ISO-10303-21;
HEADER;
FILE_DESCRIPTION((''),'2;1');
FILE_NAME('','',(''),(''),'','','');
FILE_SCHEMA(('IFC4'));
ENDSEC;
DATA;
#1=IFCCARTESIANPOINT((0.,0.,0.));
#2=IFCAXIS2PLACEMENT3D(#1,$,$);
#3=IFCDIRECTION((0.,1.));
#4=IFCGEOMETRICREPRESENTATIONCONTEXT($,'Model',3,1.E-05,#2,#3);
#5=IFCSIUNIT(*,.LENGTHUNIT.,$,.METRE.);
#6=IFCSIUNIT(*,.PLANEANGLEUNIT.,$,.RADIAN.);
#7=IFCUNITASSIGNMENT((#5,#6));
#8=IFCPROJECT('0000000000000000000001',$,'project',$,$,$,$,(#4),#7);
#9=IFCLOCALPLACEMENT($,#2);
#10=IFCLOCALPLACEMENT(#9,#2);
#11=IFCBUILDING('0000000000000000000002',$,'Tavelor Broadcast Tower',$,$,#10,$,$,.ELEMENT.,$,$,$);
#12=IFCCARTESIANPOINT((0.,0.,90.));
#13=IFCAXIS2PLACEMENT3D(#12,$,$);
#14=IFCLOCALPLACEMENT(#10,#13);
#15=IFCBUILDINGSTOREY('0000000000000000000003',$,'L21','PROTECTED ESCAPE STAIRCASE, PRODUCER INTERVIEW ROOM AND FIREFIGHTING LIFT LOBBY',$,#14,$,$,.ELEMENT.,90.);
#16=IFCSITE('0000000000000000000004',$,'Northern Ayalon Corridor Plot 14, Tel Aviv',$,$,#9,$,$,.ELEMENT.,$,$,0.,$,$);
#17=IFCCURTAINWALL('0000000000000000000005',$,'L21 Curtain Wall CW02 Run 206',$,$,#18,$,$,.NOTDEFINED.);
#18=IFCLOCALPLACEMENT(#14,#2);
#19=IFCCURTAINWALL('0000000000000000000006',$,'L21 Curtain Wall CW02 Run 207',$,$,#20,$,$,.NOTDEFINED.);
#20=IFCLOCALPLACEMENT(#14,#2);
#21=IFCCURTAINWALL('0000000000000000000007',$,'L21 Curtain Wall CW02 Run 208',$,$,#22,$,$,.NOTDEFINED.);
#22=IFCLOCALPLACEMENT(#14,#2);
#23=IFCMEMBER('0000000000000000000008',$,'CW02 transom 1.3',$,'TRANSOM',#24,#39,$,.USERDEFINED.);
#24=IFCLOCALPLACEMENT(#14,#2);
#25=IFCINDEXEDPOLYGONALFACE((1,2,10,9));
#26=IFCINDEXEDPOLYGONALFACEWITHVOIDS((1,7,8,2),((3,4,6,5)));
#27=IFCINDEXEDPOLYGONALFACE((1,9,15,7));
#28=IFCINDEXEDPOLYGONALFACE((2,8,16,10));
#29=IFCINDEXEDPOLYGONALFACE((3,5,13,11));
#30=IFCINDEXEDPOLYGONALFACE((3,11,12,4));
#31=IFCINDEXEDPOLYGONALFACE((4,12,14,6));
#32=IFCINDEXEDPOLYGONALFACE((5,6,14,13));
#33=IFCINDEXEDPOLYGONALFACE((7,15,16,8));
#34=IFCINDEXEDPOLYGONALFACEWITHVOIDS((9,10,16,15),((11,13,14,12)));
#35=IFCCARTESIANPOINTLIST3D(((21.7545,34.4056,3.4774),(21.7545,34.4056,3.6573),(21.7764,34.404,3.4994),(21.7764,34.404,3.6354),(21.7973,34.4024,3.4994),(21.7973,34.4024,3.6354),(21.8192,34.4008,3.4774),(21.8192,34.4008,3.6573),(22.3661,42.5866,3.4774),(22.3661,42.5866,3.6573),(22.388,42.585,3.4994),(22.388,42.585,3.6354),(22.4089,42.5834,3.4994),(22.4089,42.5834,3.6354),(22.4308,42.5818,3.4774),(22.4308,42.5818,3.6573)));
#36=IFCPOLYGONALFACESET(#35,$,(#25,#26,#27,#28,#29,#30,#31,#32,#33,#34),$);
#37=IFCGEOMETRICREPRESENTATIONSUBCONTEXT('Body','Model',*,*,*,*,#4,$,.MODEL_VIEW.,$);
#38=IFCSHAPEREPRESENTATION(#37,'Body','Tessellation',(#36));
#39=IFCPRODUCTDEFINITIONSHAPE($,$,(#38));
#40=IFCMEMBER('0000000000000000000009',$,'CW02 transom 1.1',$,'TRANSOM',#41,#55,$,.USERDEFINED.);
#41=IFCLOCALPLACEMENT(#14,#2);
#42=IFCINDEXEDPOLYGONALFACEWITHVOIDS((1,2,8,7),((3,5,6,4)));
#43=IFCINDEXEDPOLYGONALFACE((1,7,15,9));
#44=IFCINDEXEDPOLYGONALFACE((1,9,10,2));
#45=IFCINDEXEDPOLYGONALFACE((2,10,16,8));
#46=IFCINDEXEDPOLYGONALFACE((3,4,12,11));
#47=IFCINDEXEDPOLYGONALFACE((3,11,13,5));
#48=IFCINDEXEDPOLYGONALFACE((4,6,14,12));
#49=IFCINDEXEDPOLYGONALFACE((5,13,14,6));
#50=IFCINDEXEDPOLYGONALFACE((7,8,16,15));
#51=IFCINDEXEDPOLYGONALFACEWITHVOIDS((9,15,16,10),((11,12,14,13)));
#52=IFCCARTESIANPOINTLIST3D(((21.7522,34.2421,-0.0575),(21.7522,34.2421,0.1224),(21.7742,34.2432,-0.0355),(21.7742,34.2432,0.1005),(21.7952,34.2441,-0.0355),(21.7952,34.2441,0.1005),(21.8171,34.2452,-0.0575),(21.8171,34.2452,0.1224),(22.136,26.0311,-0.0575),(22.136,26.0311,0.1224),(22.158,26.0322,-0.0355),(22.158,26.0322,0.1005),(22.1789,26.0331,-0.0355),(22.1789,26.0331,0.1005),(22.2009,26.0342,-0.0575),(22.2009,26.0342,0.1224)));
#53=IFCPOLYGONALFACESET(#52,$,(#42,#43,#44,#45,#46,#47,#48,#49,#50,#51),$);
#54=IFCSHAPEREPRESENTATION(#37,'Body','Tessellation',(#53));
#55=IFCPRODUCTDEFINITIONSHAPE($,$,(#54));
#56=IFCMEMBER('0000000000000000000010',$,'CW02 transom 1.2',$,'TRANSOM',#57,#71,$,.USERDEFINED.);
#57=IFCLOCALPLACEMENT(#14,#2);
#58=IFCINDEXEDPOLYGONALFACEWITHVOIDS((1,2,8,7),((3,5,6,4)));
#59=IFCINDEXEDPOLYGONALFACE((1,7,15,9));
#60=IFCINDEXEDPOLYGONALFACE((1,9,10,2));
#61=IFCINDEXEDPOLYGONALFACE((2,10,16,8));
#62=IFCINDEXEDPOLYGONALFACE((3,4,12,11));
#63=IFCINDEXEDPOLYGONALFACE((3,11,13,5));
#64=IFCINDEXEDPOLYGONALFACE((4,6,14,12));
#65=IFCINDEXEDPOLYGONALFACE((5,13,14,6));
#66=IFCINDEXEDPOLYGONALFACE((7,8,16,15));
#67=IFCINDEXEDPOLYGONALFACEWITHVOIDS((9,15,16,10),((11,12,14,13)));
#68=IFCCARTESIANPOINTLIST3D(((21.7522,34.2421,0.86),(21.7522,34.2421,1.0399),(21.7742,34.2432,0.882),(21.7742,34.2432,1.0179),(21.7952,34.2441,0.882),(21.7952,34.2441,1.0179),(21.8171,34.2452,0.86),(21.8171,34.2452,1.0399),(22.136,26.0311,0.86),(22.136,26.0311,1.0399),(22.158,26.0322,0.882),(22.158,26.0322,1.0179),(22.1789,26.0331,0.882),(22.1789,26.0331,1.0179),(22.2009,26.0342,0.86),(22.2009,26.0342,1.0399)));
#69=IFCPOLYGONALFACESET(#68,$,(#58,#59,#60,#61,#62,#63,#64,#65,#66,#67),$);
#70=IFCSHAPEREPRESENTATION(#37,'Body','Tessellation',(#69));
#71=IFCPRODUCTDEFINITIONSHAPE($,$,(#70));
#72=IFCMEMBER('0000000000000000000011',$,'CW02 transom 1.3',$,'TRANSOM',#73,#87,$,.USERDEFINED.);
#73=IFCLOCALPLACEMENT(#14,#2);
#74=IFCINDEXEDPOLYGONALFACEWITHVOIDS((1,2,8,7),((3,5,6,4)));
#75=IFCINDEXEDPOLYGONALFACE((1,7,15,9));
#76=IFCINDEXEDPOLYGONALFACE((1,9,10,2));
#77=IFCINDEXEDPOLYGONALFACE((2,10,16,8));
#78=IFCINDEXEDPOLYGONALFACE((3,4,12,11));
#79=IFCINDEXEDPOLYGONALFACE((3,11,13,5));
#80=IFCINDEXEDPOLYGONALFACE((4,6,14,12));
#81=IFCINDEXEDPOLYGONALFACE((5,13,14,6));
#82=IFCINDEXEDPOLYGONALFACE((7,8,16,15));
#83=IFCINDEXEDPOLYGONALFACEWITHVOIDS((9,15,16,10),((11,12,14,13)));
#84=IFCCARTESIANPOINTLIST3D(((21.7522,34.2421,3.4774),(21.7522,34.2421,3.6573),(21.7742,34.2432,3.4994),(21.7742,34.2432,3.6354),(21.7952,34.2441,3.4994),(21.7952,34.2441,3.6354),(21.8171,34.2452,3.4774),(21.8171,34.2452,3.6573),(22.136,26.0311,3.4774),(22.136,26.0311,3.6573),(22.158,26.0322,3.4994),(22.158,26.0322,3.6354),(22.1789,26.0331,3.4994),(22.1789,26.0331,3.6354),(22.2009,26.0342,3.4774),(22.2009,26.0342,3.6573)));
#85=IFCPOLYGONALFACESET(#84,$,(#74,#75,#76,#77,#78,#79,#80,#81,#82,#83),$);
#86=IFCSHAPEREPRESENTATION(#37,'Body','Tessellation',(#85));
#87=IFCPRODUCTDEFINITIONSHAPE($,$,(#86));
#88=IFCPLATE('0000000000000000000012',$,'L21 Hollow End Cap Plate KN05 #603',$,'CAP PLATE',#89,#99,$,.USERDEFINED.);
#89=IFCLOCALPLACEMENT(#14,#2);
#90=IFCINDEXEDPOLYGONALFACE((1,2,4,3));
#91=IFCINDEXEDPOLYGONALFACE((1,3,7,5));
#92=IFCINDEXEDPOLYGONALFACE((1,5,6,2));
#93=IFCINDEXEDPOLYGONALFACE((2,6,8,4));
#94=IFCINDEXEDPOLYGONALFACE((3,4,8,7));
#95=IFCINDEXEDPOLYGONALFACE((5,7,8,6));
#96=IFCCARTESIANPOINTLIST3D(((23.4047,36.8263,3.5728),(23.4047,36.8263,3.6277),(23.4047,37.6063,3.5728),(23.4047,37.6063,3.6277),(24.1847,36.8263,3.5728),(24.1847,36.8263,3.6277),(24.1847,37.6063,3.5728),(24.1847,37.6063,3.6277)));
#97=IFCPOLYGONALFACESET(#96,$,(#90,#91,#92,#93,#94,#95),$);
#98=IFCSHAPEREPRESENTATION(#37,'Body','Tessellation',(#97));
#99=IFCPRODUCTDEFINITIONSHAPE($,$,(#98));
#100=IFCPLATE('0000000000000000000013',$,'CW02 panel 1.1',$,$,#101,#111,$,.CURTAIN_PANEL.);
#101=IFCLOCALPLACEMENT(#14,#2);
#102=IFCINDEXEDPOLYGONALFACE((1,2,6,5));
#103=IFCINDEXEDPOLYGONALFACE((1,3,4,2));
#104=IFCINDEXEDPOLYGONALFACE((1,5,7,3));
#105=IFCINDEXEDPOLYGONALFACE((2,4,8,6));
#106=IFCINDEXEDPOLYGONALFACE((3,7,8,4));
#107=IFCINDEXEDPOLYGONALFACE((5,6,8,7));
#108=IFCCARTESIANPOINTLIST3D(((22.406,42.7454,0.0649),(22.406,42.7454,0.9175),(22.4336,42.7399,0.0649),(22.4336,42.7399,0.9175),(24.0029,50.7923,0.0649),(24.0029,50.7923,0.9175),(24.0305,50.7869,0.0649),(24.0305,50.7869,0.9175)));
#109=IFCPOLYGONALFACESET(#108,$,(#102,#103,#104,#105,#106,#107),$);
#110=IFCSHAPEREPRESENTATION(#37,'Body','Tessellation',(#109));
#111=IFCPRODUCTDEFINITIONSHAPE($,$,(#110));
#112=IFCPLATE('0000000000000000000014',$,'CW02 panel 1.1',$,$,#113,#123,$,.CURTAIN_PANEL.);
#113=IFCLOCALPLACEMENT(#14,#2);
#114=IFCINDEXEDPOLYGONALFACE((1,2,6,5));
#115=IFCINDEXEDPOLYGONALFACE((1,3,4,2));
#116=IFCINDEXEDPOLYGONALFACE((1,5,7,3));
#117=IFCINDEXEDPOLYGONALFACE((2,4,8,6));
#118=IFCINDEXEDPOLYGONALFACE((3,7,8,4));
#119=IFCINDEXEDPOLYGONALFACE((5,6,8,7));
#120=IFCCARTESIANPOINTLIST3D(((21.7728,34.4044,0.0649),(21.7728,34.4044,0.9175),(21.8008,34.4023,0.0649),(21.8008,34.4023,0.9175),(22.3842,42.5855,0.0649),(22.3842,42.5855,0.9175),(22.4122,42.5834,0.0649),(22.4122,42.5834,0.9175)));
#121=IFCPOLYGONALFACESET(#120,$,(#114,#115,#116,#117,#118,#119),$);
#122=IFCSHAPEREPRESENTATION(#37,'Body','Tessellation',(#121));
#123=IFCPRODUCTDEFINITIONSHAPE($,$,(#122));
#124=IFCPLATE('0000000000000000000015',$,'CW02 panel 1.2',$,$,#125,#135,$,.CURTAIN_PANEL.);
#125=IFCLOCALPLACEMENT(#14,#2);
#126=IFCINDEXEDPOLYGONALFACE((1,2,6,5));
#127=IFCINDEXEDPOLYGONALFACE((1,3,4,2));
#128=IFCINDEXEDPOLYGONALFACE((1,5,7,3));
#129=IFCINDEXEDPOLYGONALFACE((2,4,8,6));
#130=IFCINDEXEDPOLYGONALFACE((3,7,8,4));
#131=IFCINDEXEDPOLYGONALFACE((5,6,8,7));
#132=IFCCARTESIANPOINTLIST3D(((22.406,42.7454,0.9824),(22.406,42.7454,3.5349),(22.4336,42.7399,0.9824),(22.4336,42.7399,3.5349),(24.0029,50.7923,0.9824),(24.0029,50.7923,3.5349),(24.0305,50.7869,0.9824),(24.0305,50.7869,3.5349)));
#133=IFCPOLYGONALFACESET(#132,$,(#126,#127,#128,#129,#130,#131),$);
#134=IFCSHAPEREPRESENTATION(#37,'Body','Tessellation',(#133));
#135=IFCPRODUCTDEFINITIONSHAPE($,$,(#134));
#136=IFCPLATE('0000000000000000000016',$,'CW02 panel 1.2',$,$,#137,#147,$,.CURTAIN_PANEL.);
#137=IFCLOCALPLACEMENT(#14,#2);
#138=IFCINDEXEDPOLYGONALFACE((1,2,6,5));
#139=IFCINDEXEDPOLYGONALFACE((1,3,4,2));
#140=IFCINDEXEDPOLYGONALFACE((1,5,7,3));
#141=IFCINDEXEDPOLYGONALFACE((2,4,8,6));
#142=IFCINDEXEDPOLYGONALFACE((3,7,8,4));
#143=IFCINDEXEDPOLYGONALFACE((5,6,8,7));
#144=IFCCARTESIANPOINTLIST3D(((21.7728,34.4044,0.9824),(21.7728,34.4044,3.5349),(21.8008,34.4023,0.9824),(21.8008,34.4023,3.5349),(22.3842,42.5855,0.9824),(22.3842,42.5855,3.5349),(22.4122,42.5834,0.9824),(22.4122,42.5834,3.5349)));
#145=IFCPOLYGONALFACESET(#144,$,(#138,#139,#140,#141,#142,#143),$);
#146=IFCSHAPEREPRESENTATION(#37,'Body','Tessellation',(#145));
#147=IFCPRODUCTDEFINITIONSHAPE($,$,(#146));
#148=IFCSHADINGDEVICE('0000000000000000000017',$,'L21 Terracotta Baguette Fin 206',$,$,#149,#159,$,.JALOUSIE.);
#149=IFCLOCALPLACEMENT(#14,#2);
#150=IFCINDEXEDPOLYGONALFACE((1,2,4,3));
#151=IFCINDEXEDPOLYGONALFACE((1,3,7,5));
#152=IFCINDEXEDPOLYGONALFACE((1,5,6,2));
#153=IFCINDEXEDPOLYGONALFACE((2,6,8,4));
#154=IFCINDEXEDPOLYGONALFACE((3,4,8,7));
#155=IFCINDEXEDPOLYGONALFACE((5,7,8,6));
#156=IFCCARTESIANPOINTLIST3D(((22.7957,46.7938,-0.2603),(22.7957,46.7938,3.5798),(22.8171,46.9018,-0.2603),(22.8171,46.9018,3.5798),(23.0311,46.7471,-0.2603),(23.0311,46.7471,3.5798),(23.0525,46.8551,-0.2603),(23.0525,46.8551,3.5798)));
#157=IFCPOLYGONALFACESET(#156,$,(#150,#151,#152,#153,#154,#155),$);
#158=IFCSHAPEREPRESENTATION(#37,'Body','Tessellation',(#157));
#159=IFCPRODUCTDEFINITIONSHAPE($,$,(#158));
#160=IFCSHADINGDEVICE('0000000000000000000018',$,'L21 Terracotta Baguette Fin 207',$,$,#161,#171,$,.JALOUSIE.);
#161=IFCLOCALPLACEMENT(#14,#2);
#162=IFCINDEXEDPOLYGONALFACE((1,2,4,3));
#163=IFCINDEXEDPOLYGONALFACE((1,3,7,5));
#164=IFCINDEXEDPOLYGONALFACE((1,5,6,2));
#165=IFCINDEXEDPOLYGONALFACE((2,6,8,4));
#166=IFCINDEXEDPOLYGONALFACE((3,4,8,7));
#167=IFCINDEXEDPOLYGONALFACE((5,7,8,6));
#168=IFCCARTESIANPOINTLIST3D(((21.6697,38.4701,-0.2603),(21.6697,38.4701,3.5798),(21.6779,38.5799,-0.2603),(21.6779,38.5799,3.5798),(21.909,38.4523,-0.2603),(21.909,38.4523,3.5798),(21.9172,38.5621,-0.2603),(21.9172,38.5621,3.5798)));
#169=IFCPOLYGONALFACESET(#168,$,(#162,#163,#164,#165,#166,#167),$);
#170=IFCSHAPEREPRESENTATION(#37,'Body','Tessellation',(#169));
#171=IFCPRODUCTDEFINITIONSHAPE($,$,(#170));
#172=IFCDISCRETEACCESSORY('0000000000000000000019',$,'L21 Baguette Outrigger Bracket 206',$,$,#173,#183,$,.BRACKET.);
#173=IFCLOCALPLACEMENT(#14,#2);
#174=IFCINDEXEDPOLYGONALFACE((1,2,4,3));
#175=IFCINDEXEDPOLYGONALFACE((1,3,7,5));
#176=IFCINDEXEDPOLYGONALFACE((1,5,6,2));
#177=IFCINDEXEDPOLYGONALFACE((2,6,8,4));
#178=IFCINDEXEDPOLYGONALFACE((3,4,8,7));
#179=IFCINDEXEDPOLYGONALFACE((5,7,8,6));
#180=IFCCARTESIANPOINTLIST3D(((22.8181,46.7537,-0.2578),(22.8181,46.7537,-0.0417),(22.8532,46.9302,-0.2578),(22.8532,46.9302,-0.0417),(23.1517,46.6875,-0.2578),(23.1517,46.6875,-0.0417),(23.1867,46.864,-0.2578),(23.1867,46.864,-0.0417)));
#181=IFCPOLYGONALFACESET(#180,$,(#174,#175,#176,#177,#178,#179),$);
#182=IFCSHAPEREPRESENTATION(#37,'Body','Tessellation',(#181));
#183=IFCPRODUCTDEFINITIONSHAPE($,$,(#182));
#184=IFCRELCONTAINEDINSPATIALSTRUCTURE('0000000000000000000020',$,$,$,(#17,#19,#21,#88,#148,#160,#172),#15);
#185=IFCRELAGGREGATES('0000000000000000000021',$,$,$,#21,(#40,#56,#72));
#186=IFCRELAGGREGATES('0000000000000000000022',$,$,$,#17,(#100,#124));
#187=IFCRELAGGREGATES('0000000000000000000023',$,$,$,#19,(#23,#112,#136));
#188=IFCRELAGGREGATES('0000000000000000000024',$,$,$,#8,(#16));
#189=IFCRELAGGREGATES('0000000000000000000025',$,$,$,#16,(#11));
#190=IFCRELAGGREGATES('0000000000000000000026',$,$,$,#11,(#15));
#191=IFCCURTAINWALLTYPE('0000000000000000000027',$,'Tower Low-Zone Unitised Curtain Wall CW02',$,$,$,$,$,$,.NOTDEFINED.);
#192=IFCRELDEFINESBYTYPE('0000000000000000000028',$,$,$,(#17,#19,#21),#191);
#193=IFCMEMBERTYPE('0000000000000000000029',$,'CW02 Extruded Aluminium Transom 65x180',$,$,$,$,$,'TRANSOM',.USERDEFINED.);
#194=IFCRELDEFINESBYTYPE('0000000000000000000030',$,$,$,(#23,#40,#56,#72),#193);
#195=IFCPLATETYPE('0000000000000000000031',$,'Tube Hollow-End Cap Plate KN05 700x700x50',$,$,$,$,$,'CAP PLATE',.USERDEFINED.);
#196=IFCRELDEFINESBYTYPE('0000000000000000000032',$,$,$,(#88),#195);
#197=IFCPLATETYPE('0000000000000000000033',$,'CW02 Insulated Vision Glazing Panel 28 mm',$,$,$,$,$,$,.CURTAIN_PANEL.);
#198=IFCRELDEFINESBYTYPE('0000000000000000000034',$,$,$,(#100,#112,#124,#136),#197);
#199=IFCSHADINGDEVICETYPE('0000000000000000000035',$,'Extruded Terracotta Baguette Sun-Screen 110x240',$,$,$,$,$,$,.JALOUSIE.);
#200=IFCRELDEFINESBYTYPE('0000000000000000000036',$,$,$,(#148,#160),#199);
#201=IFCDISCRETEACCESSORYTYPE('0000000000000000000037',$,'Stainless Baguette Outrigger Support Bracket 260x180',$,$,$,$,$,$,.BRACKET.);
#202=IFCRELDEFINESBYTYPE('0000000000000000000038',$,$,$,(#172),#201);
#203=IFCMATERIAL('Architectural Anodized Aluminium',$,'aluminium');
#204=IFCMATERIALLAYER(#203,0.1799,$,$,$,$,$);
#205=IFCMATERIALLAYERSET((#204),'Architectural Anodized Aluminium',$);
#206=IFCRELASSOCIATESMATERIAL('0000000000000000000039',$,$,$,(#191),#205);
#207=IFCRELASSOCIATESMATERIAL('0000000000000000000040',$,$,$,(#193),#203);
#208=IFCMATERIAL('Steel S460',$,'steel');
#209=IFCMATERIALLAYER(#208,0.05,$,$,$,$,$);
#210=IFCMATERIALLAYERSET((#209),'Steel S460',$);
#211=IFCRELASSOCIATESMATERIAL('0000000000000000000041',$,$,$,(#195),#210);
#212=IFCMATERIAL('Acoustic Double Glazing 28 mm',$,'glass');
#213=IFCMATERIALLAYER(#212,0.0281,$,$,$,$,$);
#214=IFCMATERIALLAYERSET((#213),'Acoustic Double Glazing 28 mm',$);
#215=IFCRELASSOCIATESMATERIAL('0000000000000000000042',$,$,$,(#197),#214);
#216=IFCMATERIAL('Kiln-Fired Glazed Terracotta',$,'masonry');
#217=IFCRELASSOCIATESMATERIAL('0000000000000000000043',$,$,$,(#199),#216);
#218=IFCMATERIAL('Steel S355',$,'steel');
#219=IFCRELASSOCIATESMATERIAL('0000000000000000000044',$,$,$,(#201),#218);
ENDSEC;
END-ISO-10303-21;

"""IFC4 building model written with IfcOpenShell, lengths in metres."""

from ifc_helpers import new_model, si_unit, direction, frame, origin, origin_2d, place, context, subcontext, project, spatial, rectangle, hollow_rectangle, extrude, source, transform, mapped, material, layer, layer_set, material_profile, profile_set, type_object, type_shapes, element, aggregate, save


model = new_model("IFC4")

# Units and contexts
model_context = context("Model", 3, precision=1e-05, world=origin(), true_north=direction((0.0, 1.0)))
body_context = subcontext(model_context, "Body", "Model", "MODEL_VIEW")
ifc_project = project(units=[si_unit("LENGTHUNIT", "METRE"), si_unit("PLANEANGLEUNIT", "RADIAN")], contexts=[model_context])

# Site, building, storey
site_placement = place(None, origin())
site = spatial("IfcSite", under=ifc_project, at=site_placement, Name="Northern Ayalon Corridor Plot 14, Tel Aviv", CompositionType="ELEMENT", RefElevation=0.0)
building_placement = place(site_placement, origin())
building = spatial("IfcBuilding", under=site, at=building_placement, Name="Tavelor Broadcast Tower", CompositionType="ELEMENT")
storey_placement = place(building_placement, frame((0.0, 0.0, 90.0)))
storey = spatial("IfcBuildingStorey", under=building, at=storey_placement, Name="L21", Description="PROTECTED ESCAPE STAIRCASE, PRODUCER INTERVIEW ROOM AND FIREFIGHTING LIFT LOBBY", CompositionType="ELEMENT", Elevation=90.0)

# Shared definitions
ifc_material_1 = material(Name="Steel S460", Category="steel")

# Shared definitions
ifc_material_2 = material(Name="Steel S355", Category="steel")

# Curtain wall
ifc_material_3 = material(Name="Architectural Anodized Aluminium", Category="aluminium")
ifc_layer_1 = layer(ifc_material_3, 0.1799)
ifc_layer_set_1 = layer_set([ifc_layer_1], Name="Architectural Anodized Aluminium")
curtain_wall_type = type_object("IfcCurtainWallType", Name="Tower Low-Zone Unitised Curtain Wall CW02", PredefinedType="NOTDEFINED", material=ifc_layer_set_1)
curtain_wall_1_placement = place(storey_placement, origin())
curtain_wall_1 = element("IfcCurtainWall", 1, at=curtain_wall_1_placement, inside=storey, type_object=curtain_wall_type, Name="L21 Curtain Wall CW02 Run 206", PredefinedType="NOTDEFINED")

# Curtain wall
curtain_wall_2_placement = place(storey_placement, origin())
curtain_wall_2 = element("IfcCurtainWall", 2, at=curtain_wall_2_placement, inside=storey, type_object=curtain_wall_type, Name="L21 Curtain Wall CW02 Run 207", PredefinedType="NOTDEFINED")

# Curtain wall
curtain_wall_3_placement = place(storey_placement, origin())
curtain_wall_3 = element("IfcCurtainWall", 3, at=curtain_wall_3_placement, inside=storey, type_object=curtain_wall_type, Name="L21 Curtain Wall CW02 Run 208", PredefinedType="NOTDEFINED")

# Members
ifc_material_profile_1 = material_profile(ifc_material_3, hollow_rectangle(XDim=0.0649, YDim=0.1799, WallThickness=0.022, at=origin_2d()), Name="RHS 65x180x22")
ifc_profile_set_1 = profile_set([ifc_material_profile_1], Name="Architectural Anodized Aluminium")
member_type_1 = type_object("IfcMemberType", Name="CW02 Extruded Aluminium Transom 65x180", ElementType="TRANSOM", PredefinedType="USERDEFINED", material=ifc_profile_set_1)
shared_shape_1 = source(origin(), body_context, "Body", "SweptSolid", [
    extrude(hollow_rectangle(XDim=0.0649, YDim=0.1799, WallThickness=0.022, at=origin_2d()), origin(), (0.0, 0.0, 1.0), 8.2039),
])
member_1_placement = place(storey_placement, frame((22.3984, 42.5842, 3.5674), z_axis=(-0.074548, -0.997217, 0.0), x_axis=(0.997217, -0.074548, 0.0)))
member_1 = element("IfcMember", 4, at=member_1_placement, type_object=member_type_1, Name="CW02 transom 1.3", ObjectType="TRANSOM", PredefinedType="USERDEFINED", context=body_context, shape_type="MappedRepresentation", body=[
    mapped(shared_shape_1, transform((0.0, 0.0, 0.0), scale=1.0)),
])
shared_shape_2 = source(origin(), body_context, "Body", "SweptSolid", [
    extrude(hollow_rectangle(XDim=0.0649, YDim=0.1799, WallThickness=0.022, at=origin_2d()), origin(), (0.0, 0.0, 1.0), 8.22),
])
type_shapes(member_type_1, [shared_shape_1, shared_shape_2])
member_2_placement = place(storey_placement, frame((21.7847, 34.2437, 0.0325), z_axis=(0.04669, -0.998909, 0.0), x_axis=(0.998909, 0.04669, 0.0)))
member_2 = element("IfcMember", 5, at=member_2_placement, type_object=member_type_1, Name="CW02 transom 1.1", ObjectType="TRANSOM", PredefinedType="USERDEFINED", context=body_context, shape_type="MappedRepresentation", body=[
    mapped(shared_shape_2, transform((0.0, 0.0, 0.0), scale=1.0)),
])
member_3_placement = place(storey_placement, frame((21.7847, 34.2437, 0.95), z_axis=(0.04669, -0.998909, 0.0), x_axis=(0.998909, 0.04669, 0.0)))
member_3 = element("IfcMember", 6, at=member_3_placement, type_object=member_type_1, Name="CW02 transom 1.2", ObjectType="TRANSOM", PredefinedType="USERDEFINED", context=body_context, shape_type="MappedRepresentation", body=[
    mapped(shared_shape_2, transform((0.0, 0.0, 0.0), scale=1.0)),
])
member_4_placement = place(storey_placement, frame((21.7847, 34.2437, 3.5674), z_axis=(0.04669, -0.998909, 0.0), x_axis=(0.998909, 0.04669, 0.0)))
member_4 = element("IfcMember", 7, at=member_4_placement, type_object=member_type_1, Name="CW02 transom 1.3", ObjectType="TRANSOM", PredefinedType="USERDEFINED", context=body_context, shape_type="MappedRepresentation", body=[
    mapped(shared_shape_2, transform((0.0, 0.0, 0.0), scale=1.0)),
])
aggregate(curtain_wall_3, [member_2, member_3, member_4])

# Plates
ifc_layer_2 = layer(ifc_material_1, 0.05)
ifc_layer_set_2 = layer_set([ifc_layer_2], Name="Steel S460")
plate_type_1 = type_object("IfcPlateType", Name="Tube Hollow-End Cap Plate KN05 700x700x50", ElementType="CAP PLATE", PredefinedType="USERDEFINED", material=ifc_layer_set_2)
shared_shape_3 = source(origin(), body_context, "Body", "SweptSolid", [
    extrude(rectangle(XDim=0.78, YDim=0.78, at=origin_2d()), origin(), (0.0, 0.0, 1.0), 0.0549),
])
type_shapes(plate_type_1, [shared_shape_3])
plate_1_placement = place(storey_placement, frame((23.7947, 37.2163, 3.5728), z_axis=(0.0, 0.0, 1.0), x_axis=(1.0, 0.0, 0.0)))
element("IfcPlate", 8, at=plate_1_placement, inside=storey, type_object=plate_type_1, Name="L21 Hollow End Cap Plate KN05 #603", ObjectType="CAP PLATE", PredefinedType="USERDEFINED", context=body_context, shape_type="MappedRepresentation", body=[
    mapped(shared_shape_3, transform((0.0, 0.0, 0.0), scale=1.0)),
])
ifc_material_4 = material(Name="Acoustic Double Glazing 28 mm", Category="glass")
ifc_layer_3 = layer(ifc_material_4, 0.0281)
ifc_layer_set_3 = layer_set([ifc_layer_3], Name="Acoustic Double Glazing 28 mm")
plate_type_2 = type_object("IfcPlateType", Name="CW02 Insulated Vision Glazing Panel 28 mm", PredefinedType="CURTAIN_PANEL", material=ifc_layer_set_3)
shared_shape_4 = source(origin(), body_context, "Body", "SweptSolid", [
    extrude(rectangle(XDim=8.2039, YDim=0.0281, at=origin_2d()), origin(), (0.0, 0.0, 1.0), 0.8525),
])
plate_2_placement = place(storey_placement, frame((23.2183, 46.7661, 0.0649), z_axis=(0.0, 0.0, 1.0), x_axis=(-0.194651, -0.980873, 0.0)))
plate_2 = element("IfcPlate", 9, at=plate_2_placement, type_object=plate_type_2, Name="CW02 panel 1.1", PredefinedType="CURTAIN_PANEL", context=body_context, shape_type="MappedRepresentation", body=[
    mapped(shared_shape_4, transform((0.0, 0.0, 0.0), scale=1.0)),
])
plate_3_placement = place(storey_placement, frame((22.0925, 38.4939, 0.0649), z_axis=(0.0, 0.0, 1.0), x_axis=(-0.074528, -0.997219, 0.0)))
plate_3 = element("IfcPlate", 10, at=plate_3_placement, type_object=plate_type_2, Name="CW02 panel 1.1", PredefinedType="CURTAIN_PANEL", context=body_context, shape_type="MappedRepresentation", body=[
    mapped(shared_shape_4, transform((0.0, 0.0, 0.0), scale=1.0)),
])
shared_shape_5 = source(origin(), body_context, "Body", "SweptSolid", [
    extrude(rectangle(XDim=8.2039, YDim=0.0281, at=origin_2d()), origin(), (0.0, 0.0, 1.0), 2.5525),
])
type_shapes(plate_type_2, [shared_shape_4, shared_shape_5])
plate_4_placement = place(storey_placement, frame((23.2183, 46.7661, 0.9824), z_axis=(0.0, 0.0, 1.0), x_axis=(-0.194651, -0.980873, 0.0)))
plate_4 = element("IfcPlate", 11, at=plate_4_placement, type_object=plate_type_2, Name="CW02 panel 1.2", PredefinedType="CURTAIN_PANEL", context=body_context, shape_type="MappedRepresentation", body=[
    mapped(shared_shape_5, transform((0.0, 0.0, 0.0), scale=1.0)),
])
aggregate(curtain_wall_1, [plate_2, plate_4])
plate_5_placement = place(storey_placement, frame((22.0925, 38.4939, 0.9824), z_axis=(0.0, 0.0, 1.0), x_axis=(-0.074528, -0.997219, 0.0)))
plate_5 = element("IfcPlate", 12, at=plate_5_placement, type_object=plate_type_2, Name="CW02 panel 1.2", PredefinedType="CURTAIN_PANEL", context=body_context, shape_type="MappedRepresentation", body=[
    mapped(shared_shape_5, transform((0.0, 0.0, 0.0), scale=1.0)),
])
aggregate(curtain_wall_2, [member_1, plate_3, plate_5])

# Shading devices
ifc_material_5 = material(Name="Kiln-Fired Glazed Terracotta", Category="masonry")
shading_device_type = type_object("IfcShadingDeviceType", Name="Extruded Terracotta Baguette Sun-Screen 110x240", PredefinedType="JALOUSIE", material=ifc_material_5)
shared_shape_6 = source(origin(), body_context, "Body", "SweptSolid", [
    extrude(rectangle(XDim=0.1101, YDim=0.24, at=origin_2d()), origin(), (0.0, 0.0, 1.0), 3.8401),
])
type_shapes(shading_device_type, [shared_shape_6])
for number, where, z_axis, x_axis, name in (
    (13, (22.9241, 46.8245, -0.2603), (0.0, 0.0, 1.0), (-0.194577, -0.980887, 0.0), "L21 Terracotta Baguette Fin 206"),
    (14, (21.7935, 38.5161, -0.2603), (0.0, 0.0, 1.0), (-0.074457, -0.997224, 0.0), "L21 Terracotta Baguette Fin 207"),
):
    element("IfcShadingDevice", number, at=place(storey_placement, frame(where, z_axis=z_axis, x_axis=x_axis)), inside=storey, type_object=shading_device_type, Name=name, PredefinedType="JALOUSIE", context=body_context, shape_type="MappedRepresentation", body=[
        mapped(shared_shape_6, transform((0.0, 0.0, 0.0), scale=1.0)),
    ])

# Discrete accessory
discrete_accessory_type = type_object("IfcDiscreteAccessoryType", Name="Stainless Baguette Outrigger Support Bracket 260x180", PredefinedType="BRACKET", material=ifc_material_2)
shared_shape_7 = source(origin(), body_context, "Body", "SweptSolid", [
    extrude(rectangle(XDim=0.1799, YDim=0.3401, at=origin_2d()), origin(), (0.0, 0.0, 1.0), 0.2161),
])
type_shapes(discrete_accessory_type, [shared_shape_7])
for number, where, z_axis, x_axis, name in (
    (15, (23.0024, 46.8088, -0.2578), (0.0, 0.0, 1.0), (-0.194577, -0.980887, 0.0), "L21 Baguette Outrigger Bracket 206"),
):
    element("IfcDiscreteAccessory", number, at=place(storey_placement, frame(where, z_axis=z_axis, x_axis=x_axis)), inside=storey, type_object=discrete_accessory_type, Name=name, PredefinedType="BRACKET", context=body_context, shape_type="MappedRepresentation", body=[
        mapped(shared_shape_7, transform((0.0, 0.0, 0.0), scale=1.0)),
    ])

save(model, "model.ifc")
